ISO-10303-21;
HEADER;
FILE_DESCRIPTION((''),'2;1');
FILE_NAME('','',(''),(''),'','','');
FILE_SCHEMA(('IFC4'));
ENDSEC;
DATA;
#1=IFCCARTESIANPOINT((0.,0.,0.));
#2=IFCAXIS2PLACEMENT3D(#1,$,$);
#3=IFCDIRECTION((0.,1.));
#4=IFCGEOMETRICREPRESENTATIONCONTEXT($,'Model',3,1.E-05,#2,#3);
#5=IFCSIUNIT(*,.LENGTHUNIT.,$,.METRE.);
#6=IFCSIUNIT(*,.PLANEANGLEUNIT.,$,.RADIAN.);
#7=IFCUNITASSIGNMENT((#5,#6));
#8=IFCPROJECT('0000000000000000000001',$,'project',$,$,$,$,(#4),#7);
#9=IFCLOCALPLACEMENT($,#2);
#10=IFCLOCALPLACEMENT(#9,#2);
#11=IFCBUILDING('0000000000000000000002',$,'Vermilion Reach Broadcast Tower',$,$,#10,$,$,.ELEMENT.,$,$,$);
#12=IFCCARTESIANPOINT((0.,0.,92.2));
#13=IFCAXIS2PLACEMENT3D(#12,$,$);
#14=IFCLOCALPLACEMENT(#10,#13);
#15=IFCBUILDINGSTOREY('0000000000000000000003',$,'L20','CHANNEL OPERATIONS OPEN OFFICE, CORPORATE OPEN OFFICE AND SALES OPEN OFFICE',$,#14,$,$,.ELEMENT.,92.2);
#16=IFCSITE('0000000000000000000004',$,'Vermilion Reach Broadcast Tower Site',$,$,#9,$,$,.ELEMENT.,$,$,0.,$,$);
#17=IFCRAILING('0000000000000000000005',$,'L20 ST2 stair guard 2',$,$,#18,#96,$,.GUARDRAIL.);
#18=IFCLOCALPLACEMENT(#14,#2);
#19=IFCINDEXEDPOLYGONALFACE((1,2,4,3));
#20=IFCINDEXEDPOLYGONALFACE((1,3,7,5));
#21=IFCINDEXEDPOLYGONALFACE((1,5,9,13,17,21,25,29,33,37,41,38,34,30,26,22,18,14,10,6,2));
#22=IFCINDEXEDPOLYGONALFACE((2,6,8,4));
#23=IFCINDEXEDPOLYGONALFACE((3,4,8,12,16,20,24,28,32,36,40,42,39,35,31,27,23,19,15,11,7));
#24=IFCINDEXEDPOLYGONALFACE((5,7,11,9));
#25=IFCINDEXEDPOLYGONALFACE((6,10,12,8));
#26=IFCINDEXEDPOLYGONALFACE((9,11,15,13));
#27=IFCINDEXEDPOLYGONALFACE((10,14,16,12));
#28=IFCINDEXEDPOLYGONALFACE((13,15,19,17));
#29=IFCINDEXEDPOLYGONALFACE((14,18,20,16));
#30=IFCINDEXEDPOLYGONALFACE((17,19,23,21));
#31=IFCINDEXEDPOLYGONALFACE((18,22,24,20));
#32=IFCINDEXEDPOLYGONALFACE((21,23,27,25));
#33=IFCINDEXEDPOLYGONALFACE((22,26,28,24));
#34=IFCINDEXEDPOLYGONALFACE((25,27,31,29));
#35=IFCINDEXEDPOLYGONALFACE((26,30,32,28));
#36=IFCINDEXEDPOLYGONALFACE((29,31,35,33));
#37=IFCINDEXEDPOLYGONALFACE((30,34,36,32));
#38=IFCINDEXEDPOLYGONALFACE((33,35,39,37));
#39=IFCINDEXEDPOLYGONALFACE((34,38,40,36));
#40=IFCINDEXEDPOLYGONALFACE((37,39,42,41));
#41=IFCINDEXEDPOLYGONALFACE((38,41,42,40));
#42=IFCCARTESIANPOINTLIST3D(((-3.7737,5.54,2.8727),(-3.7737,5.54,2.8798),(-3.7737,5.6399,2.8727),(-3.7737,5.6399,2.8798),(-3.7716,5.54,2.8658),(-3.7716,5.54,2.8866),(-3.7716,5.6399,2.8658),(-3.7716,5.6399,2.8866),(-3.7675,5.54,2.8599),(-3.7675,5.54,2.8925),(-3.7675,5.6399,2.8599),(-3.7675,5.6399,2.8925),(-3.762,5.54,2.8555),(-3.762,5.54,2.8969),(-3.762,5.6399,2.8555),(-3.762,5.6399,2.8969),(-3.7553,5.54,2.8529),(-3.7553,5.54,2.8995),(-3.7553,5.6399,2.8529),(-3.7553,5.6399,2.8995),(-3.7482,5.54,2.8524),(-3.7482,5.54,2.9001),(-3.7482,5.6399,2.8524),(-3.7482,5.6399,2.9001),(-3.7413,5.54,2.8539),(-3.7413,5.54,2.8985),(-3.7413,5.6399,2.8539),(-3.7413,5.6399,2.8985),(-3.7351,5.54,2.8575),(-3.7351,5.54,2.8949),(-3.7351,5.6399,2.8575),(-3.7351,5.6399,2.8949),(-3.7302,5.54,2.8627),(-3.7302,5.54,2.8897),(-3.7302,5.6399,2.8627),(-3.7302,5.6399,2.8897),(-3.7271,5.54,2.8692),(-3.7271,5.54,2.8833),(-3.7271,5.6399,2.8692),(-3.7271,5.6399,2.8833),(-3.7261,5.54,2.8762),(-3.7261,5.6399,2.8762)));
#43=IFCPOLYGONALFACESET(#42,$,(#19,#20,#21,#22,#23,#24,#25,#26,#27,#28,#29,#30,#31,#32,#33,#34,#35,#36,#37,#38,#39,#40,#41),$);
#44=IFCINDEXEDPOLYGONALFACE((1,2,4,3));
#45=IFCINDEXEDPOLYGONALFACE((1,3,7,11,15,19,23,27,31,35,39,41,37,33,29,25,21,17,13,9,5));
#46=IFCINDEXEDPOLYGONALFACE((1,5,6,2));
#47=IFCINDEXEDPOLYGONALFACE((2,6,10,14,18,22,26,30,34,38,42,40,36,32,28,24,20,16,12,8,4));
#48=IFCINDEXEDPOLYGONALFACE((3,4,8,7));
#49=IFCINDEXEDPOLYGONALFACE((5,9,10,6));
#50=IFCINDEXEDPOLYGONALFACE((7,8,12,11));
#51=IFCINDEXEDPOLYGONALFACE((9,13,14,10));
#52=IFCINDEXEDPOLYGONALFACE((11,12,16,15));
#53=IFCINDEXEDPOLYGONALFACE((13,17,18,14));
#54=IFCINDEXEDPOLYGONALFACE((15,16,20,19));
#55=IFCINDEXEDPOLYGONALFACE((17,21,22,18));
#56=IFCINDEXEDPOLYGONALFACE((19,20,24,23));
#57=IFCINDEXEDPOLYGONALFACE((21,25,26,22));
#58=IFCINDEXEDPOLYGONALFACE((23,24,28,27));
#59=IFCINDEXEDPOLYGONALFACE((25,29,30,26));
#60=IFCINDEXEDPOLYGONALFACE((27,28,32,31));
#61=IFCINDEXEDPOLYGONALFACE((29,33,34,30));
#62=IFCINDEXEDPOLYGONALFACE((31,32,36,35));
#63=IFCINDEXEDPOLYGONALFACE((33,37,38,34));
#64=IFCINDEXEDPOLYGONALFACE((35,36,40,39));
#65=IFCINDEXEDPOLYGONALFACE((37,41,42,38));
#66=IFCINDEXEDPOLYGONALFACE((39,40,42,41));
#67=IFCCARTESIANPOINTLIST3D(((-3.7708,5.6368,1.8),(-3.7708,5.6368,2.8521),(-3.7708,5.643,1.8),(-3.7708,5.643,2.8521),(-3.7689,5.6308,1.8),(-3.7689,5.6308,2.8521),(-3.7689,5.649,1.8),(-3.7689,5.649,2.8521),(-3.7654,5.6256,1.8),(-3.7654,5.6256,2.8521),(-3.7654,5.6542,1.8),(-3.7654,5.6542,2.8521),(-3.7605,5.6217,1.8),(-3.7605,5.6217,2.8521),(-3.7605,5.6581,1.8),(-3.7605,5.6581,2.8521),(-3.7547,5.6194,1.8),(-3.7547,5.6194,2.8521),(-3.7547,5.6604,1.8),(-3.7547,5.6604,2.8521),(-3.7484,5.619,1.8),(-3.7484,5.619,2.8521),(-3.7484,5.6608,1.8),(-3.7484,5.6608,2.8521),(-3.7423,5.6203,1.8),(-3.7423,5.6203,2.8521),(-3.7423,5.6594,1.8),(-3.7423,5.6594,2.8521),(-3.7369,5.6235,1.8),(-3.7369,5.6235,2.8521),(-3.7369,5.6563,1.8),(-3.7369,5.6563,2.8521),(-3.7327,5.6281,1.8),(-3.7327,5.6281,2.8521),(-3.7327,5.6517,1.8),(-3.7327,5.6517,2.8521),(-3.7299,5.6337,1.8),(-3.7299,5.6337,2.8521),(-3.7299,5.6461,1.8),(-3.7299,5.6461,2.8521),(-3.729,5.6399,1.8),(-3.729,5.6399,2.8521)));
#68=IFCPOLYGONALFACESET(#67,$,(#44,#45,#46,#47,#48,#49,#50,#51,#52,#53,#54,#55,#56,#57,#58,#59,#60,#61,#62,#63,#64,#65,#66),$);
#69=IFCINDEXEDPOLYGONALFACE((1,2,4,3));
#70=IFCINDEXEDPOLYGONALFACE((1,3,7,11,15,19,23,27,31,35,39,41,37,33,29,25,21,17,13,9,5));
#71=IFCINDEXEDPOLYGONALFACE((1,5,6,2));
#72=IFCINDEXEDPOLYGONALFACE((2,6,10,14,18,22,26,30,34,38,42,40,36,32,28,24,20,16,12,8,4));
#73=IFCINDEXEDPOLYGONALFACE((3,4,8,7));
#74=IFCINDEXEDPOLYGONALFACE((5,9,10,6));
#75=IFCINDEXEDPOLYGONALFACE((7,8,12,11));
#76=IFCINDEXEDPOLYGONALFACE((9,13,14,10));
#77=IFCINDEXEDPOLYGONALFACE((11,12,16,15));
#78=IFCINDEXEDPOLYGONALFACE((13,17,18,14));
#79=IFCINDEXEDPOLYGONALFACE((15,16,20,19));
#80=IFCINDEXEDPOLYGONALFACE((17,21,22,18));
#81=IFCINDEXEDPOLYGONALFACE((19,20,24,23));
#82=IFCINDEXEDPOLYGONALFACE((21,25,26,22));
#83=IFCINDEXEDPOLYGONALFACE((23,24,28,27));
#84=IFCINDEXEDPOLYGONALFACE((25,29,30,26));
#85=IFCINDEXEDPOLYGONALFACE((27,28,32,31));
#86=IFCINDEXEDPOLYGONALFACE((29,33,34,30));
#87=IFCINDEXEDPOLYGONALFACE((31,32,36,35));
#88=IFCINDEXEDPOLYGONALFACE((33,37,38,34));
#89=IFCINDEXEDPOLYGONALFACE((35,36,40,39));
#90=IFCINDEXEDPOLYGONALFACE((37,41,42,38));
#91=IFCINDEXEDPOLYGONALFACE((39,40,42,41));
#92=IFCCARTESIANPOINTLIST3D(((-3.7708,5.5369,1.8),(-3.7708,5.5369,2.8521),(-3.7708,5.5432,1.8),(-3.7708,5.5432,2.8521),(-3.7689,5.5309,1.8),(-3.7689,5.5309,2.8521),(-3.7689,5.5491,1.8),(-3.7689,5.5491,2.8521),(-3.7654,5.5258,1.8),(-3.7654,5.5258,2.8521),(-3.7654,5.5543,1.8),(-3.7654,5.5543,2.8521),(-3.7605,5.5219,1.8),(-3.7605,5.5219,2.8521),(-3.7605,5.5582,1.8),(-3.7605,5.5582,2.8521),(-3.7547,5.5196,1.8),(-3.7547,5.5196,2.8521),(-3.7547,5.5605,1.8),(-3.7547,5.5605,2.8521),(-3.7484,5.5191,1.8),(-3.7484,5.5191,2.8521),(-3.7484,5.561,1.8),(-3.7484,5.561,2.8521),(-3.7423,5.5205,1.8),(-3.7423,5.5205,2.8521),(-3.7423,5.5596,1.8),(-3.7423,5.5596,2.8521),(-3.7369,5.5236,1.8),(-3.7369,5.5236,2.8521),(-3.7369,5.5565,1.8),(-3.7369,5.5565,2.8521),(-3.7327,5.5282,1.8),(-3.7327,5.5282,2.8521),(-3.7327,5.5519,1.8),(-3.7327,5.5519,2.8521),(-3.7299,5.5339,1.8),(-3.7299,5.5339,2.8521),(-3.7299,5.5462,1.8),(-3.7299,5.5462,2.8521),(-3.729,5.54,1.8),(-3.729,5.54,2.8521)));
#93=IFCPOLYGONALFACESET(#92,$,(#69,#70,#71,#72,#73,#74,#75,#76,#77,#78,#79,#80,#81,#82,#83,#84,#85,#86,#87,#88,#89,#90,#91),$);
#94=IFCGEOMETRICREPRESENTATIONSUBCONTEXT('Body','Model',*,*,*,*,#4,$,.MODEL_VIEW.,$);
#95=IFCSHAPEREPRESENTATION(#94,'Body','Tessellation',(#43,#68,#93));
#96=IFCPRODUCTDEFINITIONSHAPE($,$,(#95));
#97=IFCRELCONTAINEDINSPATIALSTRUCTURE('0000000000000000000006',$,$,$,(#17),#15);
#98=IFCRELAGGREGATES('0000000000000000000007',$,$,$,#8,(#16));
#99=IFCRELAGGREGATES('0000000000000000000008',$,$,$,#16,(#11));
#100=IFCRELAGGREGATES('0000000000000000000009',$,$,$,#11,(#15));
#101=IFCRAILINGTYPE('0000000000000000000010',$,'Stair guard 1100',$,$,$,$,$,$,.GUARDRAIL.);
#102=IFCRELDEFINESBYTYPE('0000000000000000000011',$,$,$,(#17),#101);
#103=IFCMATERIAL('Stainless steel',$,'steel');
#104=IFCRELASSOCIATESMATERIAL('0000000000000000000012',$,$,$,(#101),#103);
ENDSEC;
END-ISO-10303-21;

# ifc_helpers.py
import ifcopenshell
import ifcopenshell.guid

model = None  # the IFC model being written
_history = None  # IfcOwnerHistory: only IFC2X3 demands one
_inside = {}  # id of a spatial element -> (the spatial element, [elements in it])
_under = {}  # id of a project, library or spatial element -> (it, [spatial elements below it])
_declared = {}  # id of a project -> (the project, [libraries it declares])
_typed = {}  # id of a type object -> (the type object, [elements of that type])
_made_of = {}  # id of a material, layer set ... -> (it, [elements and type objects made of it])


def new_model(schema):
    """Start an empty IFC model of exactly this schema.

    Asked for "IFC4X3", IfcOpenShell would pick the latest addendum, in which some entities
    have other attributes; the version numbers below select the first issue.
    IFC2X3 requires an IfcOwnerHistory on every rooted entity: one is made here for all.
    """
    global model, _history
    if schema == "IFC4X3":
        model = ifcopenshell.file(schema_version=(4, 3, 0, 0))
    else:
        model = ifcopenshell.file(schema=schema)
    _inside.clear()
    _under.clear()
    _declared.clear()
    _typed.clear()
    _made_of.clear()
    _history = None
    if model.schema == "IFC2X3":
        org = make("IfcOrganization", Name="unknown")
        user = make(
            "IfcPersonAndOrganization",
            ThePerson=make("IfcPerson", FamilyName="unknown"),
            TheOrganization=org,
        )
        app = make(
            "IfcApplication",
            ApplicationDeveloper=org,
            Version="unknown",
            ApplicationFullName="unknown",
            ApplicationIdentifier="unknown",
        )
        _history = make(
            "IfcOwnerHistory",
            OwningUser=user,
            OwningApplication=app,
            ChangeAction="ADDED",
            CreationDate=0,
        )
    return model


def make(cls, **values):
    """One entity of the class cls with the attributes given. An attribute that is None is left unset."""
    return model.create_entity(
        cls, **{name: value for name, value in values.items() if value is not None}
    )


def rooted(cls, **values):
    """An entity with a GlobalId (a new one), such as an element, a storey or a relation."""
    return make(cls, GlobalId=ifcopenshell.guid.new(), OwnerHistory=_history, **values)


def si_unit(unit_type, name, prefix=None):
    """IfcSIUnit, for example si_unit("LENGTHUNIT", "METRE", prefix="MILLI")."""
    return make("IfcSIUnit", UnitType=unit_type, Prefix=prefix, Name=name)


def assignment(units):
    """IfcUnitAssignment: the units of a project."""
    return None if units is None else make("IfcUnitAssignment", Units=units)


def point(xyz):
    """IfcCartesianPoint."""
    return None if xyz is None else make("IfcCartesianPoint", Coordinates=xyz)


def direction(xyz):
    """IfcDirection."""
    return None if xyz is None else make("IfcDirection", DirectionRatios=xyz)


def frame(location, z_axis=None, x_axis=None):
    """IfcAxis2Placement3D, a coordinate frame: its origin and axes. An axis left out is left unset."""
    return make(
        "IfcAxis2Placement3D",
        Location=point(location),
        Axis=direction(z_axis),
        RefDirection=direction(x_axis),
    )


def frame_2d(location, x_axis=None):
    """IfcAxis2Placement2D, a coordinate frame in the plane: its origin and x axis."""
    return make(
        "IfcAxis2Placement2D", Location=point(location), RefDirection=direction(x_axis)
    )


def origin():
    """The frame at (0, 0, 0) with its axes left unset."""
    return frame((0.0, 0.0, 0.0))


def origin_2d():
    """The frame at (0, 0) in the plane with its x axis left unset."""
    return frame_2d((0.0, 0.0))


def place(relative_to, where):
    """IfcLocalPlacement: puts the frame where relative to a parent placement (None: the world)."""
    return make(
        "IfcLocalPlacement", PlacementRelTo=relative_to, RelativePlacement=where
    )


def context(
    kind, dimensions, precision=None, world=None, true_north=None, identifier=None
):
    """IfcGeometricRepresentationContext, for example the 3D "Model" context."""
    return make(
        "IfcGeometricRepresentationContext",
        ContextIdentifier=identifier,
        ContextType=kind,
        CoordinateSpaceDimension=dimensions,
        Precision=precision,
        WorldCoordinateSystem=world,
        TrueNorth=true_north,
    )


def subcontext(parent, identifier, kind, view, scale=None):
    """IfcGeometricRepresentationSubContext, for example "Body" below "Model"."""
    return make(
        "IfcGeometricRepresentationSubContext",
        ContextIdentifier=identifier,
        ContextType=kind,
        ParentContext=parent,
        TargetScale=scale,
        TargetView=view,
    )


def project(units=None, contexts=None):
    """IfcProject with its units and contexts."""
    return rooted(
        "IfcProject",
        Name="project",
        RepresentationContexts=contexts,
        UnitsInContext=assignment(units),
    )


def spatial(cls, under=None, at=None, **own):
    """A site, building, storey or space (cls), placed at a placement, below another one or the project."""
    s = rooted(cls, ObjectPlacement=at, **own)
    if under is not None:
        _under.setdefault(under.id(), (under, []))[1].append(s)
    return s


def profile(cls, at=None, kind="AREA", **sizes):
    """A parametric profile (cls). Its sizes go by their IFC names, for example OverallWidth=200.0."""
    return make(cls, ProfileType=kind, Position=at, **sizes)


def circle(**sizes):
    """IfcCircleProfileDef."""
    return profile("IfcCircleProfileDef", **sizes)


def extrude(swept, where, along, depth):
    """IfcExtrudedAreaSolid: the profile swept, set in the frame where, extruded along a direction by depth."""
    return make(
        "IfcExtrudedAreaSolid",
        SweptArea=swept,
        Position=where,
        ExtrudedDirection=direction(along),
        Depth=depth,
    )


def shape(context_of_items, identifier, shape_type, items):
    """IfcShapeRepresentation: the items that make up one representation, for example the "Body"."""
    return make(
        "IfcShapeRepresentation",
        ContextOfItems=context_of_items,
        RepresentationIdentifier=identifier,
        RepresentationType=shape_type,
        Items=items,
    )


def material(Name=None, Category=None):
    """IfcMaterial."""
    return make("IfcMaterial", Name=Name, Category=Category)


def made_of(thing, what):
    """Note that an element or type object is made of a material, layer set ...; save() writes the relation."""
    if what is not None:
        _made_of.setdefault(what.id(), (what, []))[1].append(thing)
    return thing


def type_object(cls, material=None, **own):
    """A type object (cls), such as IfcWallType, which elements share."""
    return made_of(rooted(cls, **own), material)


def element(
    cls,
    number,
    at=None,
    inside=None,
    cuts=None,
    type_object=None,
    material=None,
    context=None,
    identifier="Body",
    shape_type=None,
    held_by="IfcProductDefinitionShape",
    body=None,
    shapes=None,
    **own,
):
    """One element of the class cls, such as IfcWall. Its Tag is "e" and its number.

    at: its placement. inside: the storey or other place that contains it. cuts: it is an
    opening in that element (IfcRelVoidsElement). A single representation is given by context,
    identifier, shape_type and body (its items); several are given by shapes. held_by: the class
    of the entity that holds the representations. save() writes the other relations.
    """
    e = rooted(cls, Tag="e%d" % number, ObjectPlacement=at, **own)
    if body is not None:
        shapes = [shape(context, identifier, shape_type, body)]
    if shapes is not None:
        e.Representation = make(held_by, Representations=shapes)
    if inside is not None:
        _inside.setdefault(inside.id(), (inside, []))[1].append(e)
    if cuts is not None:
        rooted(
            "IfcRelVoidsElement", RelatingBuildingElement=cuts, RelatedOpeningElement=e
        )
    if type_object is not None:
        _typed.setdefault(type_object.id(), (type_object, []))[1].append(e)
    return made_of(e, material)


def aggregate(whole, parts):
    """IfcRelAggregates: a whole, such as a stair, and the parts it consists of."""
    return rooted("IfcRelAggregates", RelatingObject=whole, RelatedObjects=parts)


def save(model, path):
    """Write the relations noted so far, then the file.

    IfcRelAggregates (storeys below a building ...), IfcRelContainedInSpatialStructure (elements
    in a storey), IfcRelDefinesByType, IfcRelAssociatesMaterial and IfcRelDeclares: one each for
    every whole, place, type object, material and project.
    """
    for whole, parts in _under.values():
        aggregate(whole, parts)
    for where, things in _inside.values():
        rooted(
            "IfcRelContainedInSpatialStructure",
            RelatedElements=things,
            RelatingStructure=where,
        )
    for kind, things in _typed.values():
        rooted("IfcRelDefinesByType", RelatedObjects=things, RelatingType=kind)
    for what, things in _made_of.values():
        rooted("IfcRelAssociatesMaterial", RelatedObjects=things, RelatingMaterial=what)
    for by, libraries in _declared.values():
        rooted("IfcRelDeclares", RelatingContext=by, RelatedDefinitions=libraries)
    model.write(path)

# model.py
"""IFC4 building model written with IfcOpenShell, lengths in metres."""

from ifc_helpers import new_model, si_unit, direction, frame, origin, origin_2d, place, context, subcontext, project, spatial, circle, extrude, material, type_object, element, save


model = new_model("IFC4")

# Units and contexts
model_context = context("Model", 3, precision=1e-05, world=origin(), true_north=direction((0.0, 1.0)))
body_context = subcontext(model_context, "Body", "Model", "MODEL_VIEW")
ifc_project = project(units=[si_unit("LENGTHUNIT", "METRE"), si_unit("PLANEANGLEUNIT", "RADIAN")], contexts=[model_context])

# Site, building, storey
site_placement = place(None, origin())
site = spatial("IfcSite", under=ifc_project, at=site_placement, Name="Vermilion Reach Broadcast Tower Site", CompositionType="ELEMENT", RefElevation=0.0)
building_placement = place(site_placement, origin())
building = spatial("IfcBuilding", under=site, at=building_placement, Name="Vermilion Reach Broadcast Tower", CompositionType="ELEMENT")
storey_placement = place(building_placement, frame((0.0, 0.0, 92.2)))
storey = spatial("IfcBuildingStorey", under=building, at=storey_placement, Name="L20", Description="CHANNEL OPERATIONS OPEN OFFICE, CORPORATE OPEN OFFICE AND SALES OPEN OFFICE", CompositionType="ELEMENT", Elevation=92.2)

# Railing
ifc_material_1 = material(Name="Stainless steel", Category="steel")
railing_type_1 = type_object("IfcRailingType", Name="Stair guard 1100", PredefinedType="GUARDRAIL", material=ifc_material_1)
railing_1_placement = place(storey_placement, frame((-3.75, 5.6399, 1.8)))
element("IfcRailing", 1, at=railing_1_placement, inside=storey, type_object=railing_type_1, Name="L20 ST2 stair guard 2", PredefinedType="GUARDRAIL", context=body_context, shape_type="SweptSolid", body=[
    extrude(circle(Radius=0.0239, at=origin_2d()), frame((0.0, 0.0, 1.0762), z_axis=(0.0, -1.0, 0.0), x_axis=(1.0, 0.0, 0.0)), (0.0, 0.0, 1.0), 0.0999),
    extrude(circle(Radius=0.021, at=origin_2d()), origin(), (0.0, 0.0, 1.0), 1.052),
    extrude(circle(Radius=0.021, at=origin_2d()), frame((0.0, -0.0999, 0.0)), (0.0, 0.0, 1.0), 1.052),
])

save(model, "model.ifc")
